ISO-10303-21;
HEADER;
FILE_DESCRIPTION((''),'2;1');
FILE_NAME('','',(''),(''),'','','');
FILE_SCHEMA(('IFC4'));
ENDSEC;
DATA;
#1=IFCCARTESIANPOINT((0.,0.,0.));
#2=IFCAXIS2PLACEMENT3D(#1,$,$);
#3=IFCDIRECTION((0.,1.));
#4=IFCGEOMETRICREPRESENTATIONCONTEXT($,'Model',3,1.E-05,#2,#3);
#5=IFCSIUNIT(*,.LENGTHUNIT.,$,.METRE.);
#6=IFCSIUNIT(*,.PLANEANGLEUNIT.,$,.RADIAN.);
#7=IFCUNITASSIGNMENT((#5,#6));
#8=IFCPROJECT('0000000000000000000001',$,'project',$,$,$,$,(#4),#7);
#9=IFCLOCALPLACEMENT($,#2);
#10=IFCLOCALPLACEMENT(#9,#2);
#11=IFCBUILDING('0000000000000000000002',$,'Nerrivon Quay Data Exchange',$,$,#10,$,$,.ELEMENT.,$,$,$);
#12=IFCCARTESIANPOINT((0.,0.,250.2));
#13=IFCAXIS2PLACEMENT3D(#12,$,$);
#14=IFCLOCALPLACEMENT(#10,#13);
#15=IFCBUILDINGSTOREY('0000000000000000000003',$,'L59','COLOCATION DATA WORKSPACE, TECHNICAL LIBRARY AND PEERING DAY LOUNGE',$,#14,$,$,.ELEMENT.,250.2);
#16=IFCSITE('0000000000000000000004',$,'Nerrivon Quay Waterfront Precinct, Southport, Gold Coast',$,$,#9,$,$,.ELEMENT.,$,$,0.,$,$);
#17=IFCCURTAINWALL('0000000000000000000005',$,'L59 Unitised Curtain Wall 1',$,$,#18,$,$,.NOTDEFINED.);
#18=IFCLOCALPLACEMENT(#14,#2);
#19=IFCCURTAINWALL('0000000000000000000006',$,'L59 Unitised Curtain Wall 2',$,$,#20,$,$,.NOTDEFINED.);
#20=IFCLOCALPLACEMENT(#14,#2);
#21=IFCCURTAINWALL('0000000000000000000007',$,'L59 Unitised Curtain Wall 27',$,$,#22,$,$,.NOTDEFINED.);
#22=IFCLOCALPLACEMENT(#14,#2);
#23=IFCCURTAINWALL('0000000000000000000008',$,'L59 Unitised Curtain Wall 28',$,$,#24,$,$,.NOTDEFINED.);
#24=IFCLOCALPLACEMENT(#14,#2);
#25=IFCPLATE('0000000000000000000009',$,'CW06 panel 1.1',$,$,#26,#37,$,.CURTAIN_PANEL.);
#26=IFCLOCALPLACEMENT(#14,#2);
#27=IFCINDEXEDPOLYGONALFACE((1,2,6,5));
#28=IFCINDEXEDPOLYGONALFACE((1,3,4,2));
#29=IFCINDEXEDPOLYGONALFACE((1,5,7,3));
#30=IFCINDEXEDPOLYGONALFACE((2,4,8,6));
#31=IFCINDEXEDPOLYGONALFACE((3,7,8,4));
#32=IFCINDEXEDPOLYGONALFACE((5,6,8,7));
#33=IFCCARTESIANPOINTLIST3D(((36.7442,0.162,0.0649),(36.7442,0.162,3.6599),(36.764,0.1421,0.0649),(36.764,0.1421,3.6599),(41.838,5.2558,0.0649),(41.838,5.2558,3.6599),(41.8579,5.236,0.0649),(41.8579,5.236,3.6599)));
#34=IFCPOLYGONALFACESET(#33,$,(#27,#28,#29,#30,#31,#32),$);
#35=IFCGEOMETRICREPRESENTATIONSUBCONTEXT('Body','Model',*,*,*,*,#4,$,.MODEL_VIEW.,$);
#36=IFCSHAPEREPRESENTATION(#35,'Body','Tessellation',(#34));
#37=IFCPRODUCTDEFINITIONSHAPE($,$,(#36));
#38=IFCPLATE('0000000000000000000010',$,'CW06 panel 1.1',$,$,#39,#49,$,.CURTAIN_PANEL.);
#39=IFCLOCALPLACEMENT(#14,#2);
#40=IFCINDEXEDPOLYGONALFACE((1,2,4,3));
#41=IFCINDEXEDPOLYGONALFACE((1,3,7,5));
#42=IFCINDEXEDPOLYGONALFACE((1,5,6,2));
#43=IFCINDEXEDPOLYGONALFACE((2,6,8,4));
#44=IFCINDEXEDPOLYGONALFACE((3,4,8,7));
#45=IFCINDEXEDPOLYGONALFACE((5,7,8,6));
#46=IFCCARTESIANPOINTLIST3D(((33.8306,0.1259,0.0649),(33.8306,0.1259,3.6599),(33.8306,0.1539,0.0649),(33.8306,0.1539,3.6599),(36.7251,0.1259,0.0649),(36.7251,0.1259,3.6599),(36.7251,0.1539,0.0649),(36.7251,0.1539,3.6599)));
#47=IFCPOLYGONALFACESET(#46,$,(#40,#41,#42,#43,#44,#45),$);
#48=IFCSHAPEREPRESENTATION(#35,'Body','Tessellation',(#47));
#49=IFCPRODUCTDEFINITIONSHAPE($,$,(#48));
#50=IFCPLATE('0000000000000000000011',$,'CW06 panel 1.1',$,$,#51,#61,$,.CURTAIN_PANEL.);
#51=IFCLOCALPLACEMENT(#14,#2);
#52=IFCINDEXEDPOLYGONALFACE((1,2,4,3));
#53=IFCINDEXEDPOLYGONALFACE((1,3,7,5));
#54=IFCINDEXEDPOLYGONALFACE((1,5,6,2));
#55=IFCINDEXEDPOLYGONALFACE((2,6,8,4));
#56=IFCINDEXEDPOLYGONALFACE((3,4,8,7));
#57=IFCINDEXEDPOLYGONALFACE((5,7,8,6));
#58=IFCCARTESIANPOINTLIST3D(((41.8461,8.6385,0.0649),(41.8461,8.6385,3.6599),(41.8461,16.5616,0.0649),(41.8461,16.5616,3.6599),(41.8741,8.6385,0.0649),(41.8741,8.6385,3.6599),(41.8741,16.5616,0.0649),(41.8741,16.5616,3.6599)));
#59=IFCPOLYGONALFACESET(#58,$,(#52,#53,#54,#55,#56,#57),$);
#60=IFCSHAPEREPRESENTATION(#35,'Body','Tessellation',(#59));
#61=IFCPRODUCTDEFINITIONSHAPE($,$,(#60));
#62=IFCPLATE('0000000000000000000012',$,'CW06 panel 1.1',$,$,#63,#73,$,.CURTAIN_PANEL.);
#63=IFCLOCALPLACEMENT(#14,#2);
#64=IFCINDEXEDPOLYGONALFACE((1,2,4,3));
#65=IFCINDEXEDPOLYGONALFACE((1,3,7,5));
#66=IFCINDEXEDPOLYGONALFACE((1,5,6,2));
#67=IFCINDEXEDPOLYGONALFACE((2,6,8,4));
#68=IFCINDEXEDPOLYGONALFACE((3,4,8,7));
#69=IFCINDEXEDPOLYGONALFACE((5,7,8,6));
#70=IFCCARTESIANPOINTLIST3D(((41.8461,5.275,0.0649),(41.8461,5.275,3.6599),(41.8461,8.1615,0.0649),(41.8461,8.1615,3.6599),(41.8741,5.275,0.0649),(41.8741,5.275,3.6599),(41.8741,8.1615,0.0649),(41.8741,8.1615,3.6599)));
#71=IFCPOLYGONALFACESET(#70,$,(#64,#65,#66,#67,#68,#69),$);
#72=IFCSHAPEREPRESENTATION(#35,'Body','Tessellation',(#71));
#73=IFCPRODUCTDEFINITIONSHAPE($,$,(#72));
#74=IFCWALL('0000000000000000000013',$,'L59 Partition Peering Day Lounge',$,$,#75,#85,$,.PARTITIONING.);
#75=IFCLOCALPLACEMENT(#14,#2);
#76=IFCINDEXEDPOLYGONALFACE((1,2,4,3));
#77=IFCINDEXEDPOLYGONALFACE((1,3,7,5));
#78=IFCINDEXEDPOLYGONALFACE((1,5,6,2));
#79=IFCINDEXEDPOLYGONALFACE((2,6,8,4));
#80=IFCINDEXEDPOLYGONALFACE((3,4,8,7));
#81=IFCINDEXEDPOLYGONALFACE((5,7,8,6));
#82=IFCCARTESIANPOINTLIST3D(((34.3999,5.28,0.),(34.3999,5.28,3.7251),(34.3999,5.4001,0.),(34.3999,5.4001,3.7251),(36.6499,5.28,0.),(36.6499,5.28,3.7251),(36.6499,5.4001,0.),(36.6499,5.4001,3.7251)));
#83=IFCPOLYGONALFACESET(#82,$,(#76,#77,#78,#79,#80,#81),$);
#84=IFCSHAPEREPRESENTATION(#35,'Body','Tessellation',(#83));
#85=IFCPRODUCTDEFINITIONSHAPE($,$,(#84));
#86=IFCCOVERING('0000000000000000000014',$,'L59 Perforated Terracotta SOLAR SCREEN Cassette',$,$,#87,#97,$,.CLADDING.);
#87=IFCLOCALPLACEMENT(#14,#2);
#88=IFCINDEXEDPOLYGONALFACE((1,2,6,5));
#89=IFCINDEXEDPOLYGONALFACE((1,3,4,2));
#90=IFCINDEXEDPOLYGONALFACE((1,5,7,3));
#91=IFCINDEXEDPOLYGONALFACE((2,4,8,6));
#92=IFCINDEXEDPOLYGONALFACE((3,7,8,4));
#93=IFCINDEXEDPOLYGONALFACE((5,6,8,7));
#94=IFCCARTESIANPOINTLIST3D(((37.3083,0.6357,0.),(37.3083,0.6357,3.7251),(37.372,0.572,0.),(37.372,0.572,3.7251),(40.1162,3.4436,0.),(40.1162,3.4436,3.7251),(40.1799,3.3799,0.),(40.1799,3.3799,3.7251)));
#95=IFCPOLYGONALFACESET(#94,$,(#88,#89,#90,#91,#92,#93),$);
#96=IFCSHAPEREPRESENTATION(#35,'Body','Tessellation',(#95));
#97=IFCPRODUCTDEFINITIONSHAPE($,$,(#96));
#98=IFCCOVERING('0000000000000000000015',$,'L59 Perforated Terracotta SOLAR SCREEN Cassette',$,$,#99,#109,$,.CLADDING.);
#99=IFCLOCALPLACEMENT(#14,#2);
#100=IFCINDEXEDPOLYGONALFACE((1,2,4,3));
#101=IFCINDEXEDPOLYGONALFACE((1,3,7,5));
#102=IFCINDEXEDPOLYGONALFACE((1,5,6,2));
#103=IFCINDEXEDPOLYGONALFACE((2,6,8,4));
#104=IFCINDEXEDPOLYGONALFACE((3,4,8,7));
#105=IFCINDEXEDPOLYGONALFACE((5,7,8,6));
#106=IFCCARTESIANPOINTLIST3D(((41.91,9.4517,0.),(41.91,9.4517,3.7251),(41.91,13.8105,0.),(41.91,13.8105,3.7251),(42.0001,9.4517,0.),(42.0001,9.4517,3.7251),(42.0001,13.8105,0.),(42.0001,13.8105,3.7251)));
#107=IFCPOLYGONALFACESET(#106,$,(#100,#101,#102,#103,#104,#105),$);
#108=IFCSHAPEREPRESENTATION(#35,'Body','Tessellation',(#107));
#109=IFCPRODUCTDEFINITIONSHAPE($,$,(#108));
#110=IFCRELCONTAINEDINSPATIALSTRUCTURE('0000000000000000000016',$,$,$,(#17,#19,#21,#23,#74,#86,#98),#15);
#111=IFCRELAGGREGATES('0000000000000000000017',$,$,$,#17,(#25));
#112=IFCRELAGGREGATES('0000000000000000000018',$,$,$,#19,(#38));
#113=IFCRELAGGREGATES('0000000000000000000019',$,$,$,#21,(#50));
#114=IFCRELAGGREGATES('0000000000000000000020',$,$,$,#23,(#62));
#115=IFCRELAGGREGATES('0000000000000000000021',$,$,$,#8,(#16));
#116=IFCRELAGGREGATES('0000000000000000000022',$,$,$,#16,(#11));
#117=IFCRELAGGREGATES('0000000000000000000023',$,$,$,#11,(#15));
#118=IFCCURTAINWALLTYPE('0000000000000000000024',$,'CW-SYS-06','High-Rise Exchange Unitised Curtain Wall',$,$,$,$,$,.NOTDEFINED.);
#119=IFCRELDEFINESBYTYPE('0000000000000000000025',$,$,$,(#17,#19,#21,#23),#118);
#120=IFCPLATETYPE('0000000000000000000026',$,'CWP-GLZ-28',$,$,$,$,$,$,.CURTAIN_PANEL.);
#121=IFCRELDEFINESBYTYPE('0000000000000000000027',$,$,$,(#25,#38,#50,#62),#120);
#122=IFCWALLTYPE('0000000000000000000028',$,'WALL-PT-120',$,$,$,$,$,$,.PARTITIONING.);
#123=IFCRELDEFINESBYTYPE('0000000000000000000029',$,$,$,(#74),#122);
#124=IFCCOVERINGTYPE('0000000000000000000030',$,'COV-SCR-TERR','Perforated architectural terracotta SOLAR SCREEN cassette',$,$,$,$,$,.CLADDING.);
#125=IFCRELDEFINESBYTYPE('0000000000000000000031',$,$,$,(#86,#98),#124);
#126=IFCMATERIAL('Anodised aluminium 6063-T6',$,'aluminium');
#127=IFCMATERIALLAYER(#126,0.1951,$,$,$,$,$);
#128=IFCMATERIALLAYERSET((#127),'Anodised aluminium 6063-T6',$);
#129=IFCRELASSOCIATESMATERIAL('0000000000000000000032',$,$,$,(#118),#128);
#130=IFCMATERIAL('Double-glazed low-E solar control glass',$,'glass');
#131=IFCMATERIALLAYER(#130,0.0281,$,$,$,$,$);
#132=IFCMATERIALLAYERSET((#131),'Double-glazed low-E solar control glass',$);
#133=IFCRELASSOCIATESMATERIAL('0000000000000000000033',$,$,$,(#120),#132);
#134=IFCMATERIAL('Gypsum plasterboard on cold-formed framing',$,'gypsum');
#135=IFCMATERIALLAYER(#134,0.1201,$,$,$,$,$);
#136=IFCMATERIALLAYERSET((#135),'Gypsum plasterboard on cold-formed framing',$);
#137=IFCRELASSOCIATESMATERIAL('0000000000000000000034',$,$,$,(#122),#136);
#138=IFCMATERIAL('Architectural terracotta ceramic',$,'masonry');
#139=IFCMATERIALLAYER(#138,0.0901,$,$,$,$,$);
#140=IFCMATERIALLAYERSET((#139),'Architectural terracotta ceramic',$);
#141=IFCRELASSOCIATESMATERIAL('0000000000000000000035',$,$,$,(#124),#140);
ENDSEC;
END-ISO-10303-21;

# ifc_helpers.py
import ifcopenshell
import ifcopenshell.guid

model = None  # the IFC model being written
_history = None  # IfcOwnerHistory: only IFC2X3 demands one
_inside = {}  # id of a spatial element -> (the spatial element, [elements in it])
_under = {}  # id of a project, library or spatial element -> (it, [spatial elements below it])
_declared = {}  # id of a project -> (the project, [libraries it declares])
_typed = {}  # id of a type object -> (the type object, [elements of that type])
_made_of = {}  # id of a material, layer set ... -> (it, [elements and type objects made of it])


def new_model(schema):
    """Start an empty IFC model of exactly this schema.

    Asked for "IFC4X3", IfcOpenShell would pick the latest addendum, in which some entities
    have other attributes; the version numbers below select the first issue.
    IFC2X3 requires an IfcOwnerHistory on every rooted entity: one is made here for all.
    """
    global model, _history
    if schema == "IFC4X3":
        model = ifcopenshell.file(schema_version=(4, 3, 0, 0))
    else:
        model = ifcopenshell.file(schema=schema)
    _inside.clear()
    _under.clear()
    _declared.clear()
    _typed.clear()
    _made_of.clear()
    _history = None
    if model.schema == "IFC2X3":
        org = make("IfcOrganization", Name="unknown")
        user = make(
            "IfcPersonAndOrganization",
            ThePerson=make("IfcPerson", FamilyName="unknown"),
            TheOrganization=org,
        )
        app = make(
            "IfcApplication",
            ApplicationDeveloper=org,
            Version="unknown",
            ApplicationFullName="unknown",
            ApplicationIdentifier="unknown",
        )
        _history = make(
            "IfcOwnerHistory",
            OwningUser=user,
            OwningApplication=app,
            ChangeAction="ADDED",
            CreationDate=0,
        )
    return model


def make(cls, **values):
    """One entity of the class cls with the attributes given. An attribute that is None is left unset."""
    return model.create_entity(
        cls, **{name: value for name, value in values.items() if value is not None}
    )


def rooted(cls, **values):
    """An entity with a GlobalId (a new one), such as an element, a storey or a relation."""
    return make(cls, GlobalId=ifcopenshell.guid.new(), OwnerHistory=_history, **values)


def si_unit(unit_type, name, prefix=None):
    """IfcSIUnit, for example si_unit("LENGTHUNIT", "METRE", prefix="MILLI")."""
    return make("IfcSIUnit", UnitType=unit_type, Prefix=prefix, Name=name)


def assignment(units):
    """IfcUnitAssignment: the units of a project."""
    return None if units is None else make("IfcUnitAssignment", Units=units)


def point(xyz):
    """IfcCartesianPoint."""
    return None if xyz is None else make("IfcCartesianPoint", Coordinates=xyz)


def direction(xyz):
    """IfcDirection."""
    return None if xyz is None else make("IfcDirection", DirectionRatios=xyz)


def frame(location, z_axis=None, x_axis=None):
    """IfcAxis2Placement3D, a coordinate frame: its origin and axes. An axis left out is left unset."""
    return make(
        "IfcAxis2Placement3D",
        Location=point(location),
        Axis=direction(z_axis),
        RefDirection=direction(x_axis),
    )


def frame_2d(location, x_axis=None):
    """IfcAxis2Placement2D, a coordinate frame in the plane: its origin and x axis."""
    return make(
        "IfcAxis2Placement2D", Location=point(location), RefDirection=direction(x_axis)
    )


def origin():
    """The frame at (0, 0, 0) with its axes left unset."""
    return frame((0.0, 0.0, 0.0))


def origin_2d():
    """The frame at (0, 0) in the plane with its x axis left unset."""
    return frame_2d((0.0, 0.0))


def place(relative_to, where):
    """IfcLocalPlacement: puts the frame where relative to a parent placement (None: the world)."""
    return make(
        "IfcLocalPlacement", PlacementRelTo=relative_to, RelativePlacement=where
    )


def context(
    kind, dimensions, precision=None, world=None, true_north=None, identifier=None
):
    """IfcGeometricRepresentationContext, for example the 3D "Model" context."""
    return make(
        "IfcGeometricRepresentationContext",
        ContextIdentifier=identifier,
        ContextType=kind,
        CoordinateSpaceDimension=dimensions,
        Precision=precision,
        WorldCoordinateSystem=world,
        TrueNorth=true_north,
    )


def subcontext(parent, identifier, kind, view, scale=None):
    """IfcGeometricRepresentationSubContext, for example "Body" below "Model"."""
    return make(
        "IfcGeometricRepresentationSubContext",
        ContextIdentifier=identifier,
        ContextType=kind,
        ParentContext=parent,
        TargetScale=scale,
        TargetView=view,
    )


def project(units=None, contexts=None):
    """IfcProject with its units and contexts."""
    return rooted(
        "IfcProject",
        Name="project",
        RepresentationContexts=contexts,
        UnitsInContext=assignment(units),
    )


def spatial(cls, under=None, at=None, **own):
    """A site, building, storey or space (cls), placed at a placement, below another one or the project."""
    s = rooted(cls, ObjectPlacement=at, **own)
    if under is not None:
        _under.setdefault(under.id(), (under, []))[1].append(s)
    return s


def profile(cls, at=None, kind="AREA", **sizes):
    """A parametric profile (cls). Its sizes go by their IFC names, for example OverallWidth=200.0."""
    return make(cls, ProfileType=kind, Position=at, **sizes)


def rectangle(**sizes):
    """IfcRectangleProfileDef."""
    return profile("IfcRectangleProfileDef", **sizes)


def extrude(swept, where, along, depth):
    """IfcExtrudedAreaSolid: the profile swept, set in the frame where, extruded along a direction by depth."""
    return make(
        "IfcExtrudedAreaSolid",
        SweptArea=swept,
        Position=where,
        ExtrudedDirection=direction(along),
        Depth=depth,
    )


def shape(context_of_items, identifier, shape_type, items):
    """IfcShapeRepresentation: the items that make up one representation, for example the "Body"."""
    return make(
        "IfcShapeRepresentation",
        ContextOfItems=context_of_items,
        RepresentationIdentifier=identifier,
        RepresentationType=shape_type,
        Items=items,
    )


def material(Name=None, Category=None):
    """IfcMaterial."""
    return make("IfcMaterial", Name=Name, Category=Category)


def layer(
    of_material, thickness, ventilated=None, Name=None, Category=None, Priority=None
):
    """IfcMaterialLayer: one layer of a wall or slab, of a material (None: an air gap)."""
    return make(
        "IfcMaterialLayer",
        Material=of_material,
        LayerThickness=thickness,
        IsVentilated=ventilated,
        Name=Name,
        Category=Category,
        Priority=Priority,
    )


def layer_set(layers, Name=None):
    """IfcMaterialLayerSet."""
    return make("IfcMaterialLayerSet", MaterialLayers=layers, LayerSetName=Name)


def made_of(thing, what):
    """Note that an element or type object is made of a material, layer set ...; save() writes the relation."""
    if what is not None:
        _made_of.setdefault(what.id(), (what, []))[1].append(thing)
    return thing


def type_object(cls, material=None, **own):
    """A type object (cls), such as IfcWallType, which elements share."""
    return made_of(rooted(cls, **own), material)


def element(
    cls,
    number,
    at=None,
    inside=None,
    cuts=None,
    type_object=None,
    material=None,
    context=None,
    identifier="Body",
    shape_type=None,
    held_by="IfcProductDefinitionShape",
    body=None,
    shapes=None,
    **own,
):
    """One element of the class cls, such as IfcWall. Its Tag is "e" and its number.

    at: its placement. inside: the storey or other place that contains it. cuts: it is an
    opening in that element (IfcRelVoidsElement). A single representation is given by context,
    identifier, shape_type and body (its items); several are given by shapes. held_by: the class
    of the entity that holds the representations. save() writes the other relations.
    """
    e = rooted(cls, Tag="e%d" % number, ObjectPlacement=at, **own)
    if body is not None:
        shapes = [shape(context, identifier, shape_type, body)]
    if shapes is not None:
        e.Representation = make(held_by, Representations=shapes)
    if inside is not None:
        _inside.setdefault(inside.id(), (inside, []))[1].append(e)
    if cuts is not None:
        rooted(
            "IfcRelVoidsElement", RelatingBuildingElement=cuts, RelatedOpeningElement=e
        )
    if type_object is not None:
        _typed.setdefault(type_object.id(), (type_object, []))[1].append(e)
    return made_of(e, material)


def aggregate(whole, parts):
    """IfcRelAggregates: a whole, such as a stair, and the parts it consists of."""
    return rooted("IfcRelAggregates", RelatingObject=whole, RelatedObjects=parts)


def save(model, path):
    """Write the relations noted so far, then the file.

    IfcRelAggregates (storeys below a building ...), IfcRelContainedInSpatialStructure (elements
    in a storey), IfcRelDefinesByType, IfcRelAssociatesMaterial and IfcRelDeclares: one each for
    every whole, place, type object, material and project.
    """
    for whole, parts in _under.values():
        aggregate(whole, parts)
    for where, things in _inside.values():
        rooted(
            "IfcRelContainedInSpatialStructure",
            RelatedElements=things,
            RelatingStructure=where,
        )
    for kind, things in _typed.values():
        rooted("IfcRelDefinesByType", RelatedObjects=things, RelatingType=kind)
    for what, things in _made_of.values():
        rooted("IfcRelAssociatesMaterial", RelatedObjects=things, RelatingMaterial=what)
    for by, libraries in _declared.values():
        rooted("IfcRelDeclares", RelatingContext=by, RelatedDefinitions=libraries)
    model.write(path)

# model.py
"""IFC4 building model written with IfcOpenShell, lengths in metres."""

from ifc_helpers import new_model, si_unit, direction, frame, frame_2d, origin, origin_2d, place, context, subcontext, project, spatial, rectangle, extrude, material, layer, layer_set, type_object, element, aggregate, save


model = new_model("IFC4")

# Units and contexts
model_context = context("Model", 3, precision=1e-05, world=origin(), true_north=direction((0.0, 1.0)))
body_context = subcontext(model_context, "Body", "Model", "MODEL_VIEW")
ifc_project = project(units=[si_unit("LENGTHUNIT", "METRE"), si_unit("PLANEANGLEUNIT", "RADIAN")], contexts=[model_context])

# Site, building, storey
site_placement = place(None, origin())
site = spatial("IfcSite", under=ifc_project, at=site_placement, Name="Nerrivon Quay Waterfront Precinct, Southport, Gold Coast", CompositionType="ELEMENT", RefElevation=0.0)
building_placement = place(site_placement, origin())
building = spatial("IfcBuilding", under=site, at=building_placement, Name="Nerrivon Quay Data Exchange", CompositionType="ELEMENT")
storey_placement = place(building_placement, frame((0.0, 0.0, 250.2)))
storey = spatial("IfcBuildingStorey", under=building, at=storey_placement, Name="L59", Description="COLOCATION DATA WORKSPACE, TECHNICAL LIBRARY AND PEERING DAY LOUNGE", CompositionType="ELEMENT", Elevation=250.2)

# Curtain wall
ifc_material_1 = material(Name="Anodised aluminium 6063-T6", Category="aluminium")
ifc_layer_1 = layer(ifc_material_1, 0.1951)
ifc_layer_set_1 = layer_set([ifc_layer_1], Name="Anodised aluminium 6063-T6")
curtain_wall_type = type_object("IfcCurtainWallType", Name="CW-SYS-06", Description="High-Rise Exchange Unitised Curtain Wall", PredefinedType="NOTDEFINED", material=ifc_layer_set_1)
curtain_wall_1_placement = place(storey_placement, origin())
curtain_wall_1 = element("IfcCurtainWall", 1, at=curtain_wall_1_placement, inside=storey, type_object=curtain_wall_type, Name="L59 Unitised Curtain Wall 1", PredefinedType="NOTDEFINED")

# Curtain walls
curtain_wall_2_placement = place(storey_placement, origin())
curtain_wall_2 = element("IfcCurtainWall", 2, at=curtain_wall_2_placement, inside=storey, type_object=curtain_wall_type, Name="L59 Unitised Curtain Wall 2", PredefinedType="NOTDEFINED")
curtain_wall_3_placement = place(storey_placement, origin())
curtain_wall_3 = element("IfcCurtainWall", 3, at=curtain_wall_3_placement, inside=storey, type_object=curtain_wall_type, Name="L59 Unitised Curtain Wall 27", PredefinedType="NOTDEFINED")

# Curtain wall
curtain_wall_4_placement = place(storey_placement, origin())
curtain_wall_4 = element("IfcCurtainWall", 4, at=curtain_wall_4_placement, inside=storey, type_object=curtain_wall_type, Name="L59 Unitised Curtain Wall 28", PredefinedType="NOTDEFINED")

# Plates
ifc_material_2 = material(Name="Double-glazed low-E solar control glass", Category="glass")
ifc_layer_2 = layer(ifc_material_2, 0.0281)
ifc_layer_set_2 = layer_set([ifc_layer_2], Name="Double-glazed low-E solar control glass")
plate_type = type_object("IfcPlateType", Name="CWP-GLZ-28", PredefinedType="CURTAIN_PANEL", material=ifc_layer_set_2)
plate_1_placement = place(storey_placement, frame((39.301, 2.699, 0.0649), z_axis=(0.0, 0.0, 1.0), x_axis=(-0.707107, -0.707107, 0.0)))
plate_1 = element("IfcPlate", 5, at=plate_1_placement, type_object=plate_type, Name="CW06 panel 1.1", PredefinedType="CURTAIN_PANEL", context=body_context, shape_type="SweptSolid", body=[
    extrude(rectangle(XDim=7.2039, YDim=0.0281, at=origin_2d()), origin(), (0.0, 0.0, 1.0), 3.595),
])
aggregate(curtain_wall_1, [plate_1])
plate_2_placement = place(storey_placement, frame((35.2778, 0.1399, 0.0649), z_axis=(0.0, 0.0, 1.0), x_axis=(-1.0, 0.0, 0.0)))
plate_2 = element("IfcPlate", 6, at=plate_2_placement, type_object=plate_type, Name="CW06 panel 1.1", PredefinedType="CURTAIN_PANEL", context=body_context, shape_type="SweptSolid", body=[
    extrude(rectangle(XDim=2.8945, YDim=0.0281, at=origin_2d()), origin(), (0.0, 0.0, 1.0), 3.595),
])
aggregate(curtain_wall_2, [plate_2])
plate_3_placement = place(storey_placement, frame((41.8601, 12.6001, 0.0649), z_axis=(0.0, 0.0, 1.0), x_axis=(0.0, -1.0, 0.0)))
plate_3 = element("IfcPlate", 7, at=plate_3_placement, type_object=plate_type, Name="CW06 panel 1.1", PredefinedType="CURTAIN_PANEL", context=body_context, shape_type="SweptSolid", body=[
    extrude(rectangle(XDim=7.9231, YDim=0.0281, at=origin_2d()), origin(), (0.0, 0.0, 1.0), 3.595),
])
aggregate(curtain_wall_3, [plate_3])
plate_4_placement = place(storey_placement, frame((41.8601, 6.7183, 0.0649), z_axis=(0.0, 0.0, 1.0), x_axis=(0.0, -1.0, 0.0)))
plate_4 = element("IfcPlate", 8, at=plate_4_placement, type_object=plate_type, Name="CW06 panel 1.1", PredefinedType="CURTAIN_PANEL", context=body_context, shape_type="SweptSolid", body=[
    extrude(rectangle(XDim=2.8865, YDim=0.0281, at=origin_2d()), origin(), (0.0, 0.0, 1.0), 3.595),
])
aggregate(curtain_wall_4, [plate_4])

# Wall
ifc_material_3 = material(Name="Gypsum plasterboard on cold-formed framing", Category="gypsum")
ifc_layer_3 = layer(ifc_material_3, 0.1201)
ifc_layer_set_3 = layer_set([ifc_layer_3], Name="Gypsum plasterboard on cold-formed framing")
wall_type = type_object("IfcWallType", Name="WALL-PT-120", PredefinedType="PARTITIONING", material=ifc_layer_set_3)
wall_placement = place(storey_placement, frame((36.6499, 5.3401, 0.0), z_axis=(0.0, 0.0, 1.0), x_axis=(-1.0, 0.0, 0.0)))
element("IfcWall", 9, at=wall_placement, inside=storey, type_object=wall_type, Name="L59 Partition Peering Day Lounge", PredefinedType="PARTITIONING", context=body_context, shape_type="SweptSolid", body=[
    extrude(rectangle(XDim=2.25, YDim=0.1201, at=frame_2d((1.125, 0.0))), origin(), (0.0, 0.0, 1.0), 3.7251),
])

# Coverings
ifc_material_4 = material(Name="Architectural terracotta ceramic", Category="masonry")
ifc_layer_4 = layer(ifc_material_4, 0.0901)
ifc_layer_set_4 = layer_set([ifc_layer_4], Name="Architectural terracotta ceramic")
covering_type = type_object("IfcCoveringType", Name="COV-SCR-TERR", Description="Perforated architectural terracotta SOLAR SCREEN cassette", PredefinedType="CLADDING", material=ifc_layer_set_4)
covering_1_placement = place(storey_placement, frame((38.7441, 2.0078, 0.0), z_axis=(0.0, 0.0, 1.0), x_axis=(-0.707107, -0.707107, 0.0)))
element("IfcCovering", 10, at=covering_1_placement, inside=storey, type_object=covering_type, Name="L59 Perforated Terracotta SOLAR SCREEN Cassette", PredefinedType="CLADDING", context=body_context, shape_type="SweptSolid", body=[
    extrude(rectangle(XDim=3.9709, YDim=0.0901, at=origin_2d()), origin(), (0.0, 0.0, 1.0), 3.7251),
])
covering_2_placement = place(storey_placement, frame((41.9551, 11.6311, 0.0), z_axis=(0.0, 0.0, 1.0), x_axis=(0.0, -1.0, 0.0)))
element("IfcCovering", 11, at=covering_2_placement, inside=storey, type_object=covering_type, Name="L59 Perforated Terracotta SOLAR SCREEN Cassette", PredefinedType="CLADDING", context=body_context, shape_type="SweptSolid", body=[
    extrude(rectangle(XDim=4.3589, YDim=0.0901, at=origin_2d()), origin(), (0.0, 0.0, 1.0), 3.7251),
])

save(model, "model.ifc")
